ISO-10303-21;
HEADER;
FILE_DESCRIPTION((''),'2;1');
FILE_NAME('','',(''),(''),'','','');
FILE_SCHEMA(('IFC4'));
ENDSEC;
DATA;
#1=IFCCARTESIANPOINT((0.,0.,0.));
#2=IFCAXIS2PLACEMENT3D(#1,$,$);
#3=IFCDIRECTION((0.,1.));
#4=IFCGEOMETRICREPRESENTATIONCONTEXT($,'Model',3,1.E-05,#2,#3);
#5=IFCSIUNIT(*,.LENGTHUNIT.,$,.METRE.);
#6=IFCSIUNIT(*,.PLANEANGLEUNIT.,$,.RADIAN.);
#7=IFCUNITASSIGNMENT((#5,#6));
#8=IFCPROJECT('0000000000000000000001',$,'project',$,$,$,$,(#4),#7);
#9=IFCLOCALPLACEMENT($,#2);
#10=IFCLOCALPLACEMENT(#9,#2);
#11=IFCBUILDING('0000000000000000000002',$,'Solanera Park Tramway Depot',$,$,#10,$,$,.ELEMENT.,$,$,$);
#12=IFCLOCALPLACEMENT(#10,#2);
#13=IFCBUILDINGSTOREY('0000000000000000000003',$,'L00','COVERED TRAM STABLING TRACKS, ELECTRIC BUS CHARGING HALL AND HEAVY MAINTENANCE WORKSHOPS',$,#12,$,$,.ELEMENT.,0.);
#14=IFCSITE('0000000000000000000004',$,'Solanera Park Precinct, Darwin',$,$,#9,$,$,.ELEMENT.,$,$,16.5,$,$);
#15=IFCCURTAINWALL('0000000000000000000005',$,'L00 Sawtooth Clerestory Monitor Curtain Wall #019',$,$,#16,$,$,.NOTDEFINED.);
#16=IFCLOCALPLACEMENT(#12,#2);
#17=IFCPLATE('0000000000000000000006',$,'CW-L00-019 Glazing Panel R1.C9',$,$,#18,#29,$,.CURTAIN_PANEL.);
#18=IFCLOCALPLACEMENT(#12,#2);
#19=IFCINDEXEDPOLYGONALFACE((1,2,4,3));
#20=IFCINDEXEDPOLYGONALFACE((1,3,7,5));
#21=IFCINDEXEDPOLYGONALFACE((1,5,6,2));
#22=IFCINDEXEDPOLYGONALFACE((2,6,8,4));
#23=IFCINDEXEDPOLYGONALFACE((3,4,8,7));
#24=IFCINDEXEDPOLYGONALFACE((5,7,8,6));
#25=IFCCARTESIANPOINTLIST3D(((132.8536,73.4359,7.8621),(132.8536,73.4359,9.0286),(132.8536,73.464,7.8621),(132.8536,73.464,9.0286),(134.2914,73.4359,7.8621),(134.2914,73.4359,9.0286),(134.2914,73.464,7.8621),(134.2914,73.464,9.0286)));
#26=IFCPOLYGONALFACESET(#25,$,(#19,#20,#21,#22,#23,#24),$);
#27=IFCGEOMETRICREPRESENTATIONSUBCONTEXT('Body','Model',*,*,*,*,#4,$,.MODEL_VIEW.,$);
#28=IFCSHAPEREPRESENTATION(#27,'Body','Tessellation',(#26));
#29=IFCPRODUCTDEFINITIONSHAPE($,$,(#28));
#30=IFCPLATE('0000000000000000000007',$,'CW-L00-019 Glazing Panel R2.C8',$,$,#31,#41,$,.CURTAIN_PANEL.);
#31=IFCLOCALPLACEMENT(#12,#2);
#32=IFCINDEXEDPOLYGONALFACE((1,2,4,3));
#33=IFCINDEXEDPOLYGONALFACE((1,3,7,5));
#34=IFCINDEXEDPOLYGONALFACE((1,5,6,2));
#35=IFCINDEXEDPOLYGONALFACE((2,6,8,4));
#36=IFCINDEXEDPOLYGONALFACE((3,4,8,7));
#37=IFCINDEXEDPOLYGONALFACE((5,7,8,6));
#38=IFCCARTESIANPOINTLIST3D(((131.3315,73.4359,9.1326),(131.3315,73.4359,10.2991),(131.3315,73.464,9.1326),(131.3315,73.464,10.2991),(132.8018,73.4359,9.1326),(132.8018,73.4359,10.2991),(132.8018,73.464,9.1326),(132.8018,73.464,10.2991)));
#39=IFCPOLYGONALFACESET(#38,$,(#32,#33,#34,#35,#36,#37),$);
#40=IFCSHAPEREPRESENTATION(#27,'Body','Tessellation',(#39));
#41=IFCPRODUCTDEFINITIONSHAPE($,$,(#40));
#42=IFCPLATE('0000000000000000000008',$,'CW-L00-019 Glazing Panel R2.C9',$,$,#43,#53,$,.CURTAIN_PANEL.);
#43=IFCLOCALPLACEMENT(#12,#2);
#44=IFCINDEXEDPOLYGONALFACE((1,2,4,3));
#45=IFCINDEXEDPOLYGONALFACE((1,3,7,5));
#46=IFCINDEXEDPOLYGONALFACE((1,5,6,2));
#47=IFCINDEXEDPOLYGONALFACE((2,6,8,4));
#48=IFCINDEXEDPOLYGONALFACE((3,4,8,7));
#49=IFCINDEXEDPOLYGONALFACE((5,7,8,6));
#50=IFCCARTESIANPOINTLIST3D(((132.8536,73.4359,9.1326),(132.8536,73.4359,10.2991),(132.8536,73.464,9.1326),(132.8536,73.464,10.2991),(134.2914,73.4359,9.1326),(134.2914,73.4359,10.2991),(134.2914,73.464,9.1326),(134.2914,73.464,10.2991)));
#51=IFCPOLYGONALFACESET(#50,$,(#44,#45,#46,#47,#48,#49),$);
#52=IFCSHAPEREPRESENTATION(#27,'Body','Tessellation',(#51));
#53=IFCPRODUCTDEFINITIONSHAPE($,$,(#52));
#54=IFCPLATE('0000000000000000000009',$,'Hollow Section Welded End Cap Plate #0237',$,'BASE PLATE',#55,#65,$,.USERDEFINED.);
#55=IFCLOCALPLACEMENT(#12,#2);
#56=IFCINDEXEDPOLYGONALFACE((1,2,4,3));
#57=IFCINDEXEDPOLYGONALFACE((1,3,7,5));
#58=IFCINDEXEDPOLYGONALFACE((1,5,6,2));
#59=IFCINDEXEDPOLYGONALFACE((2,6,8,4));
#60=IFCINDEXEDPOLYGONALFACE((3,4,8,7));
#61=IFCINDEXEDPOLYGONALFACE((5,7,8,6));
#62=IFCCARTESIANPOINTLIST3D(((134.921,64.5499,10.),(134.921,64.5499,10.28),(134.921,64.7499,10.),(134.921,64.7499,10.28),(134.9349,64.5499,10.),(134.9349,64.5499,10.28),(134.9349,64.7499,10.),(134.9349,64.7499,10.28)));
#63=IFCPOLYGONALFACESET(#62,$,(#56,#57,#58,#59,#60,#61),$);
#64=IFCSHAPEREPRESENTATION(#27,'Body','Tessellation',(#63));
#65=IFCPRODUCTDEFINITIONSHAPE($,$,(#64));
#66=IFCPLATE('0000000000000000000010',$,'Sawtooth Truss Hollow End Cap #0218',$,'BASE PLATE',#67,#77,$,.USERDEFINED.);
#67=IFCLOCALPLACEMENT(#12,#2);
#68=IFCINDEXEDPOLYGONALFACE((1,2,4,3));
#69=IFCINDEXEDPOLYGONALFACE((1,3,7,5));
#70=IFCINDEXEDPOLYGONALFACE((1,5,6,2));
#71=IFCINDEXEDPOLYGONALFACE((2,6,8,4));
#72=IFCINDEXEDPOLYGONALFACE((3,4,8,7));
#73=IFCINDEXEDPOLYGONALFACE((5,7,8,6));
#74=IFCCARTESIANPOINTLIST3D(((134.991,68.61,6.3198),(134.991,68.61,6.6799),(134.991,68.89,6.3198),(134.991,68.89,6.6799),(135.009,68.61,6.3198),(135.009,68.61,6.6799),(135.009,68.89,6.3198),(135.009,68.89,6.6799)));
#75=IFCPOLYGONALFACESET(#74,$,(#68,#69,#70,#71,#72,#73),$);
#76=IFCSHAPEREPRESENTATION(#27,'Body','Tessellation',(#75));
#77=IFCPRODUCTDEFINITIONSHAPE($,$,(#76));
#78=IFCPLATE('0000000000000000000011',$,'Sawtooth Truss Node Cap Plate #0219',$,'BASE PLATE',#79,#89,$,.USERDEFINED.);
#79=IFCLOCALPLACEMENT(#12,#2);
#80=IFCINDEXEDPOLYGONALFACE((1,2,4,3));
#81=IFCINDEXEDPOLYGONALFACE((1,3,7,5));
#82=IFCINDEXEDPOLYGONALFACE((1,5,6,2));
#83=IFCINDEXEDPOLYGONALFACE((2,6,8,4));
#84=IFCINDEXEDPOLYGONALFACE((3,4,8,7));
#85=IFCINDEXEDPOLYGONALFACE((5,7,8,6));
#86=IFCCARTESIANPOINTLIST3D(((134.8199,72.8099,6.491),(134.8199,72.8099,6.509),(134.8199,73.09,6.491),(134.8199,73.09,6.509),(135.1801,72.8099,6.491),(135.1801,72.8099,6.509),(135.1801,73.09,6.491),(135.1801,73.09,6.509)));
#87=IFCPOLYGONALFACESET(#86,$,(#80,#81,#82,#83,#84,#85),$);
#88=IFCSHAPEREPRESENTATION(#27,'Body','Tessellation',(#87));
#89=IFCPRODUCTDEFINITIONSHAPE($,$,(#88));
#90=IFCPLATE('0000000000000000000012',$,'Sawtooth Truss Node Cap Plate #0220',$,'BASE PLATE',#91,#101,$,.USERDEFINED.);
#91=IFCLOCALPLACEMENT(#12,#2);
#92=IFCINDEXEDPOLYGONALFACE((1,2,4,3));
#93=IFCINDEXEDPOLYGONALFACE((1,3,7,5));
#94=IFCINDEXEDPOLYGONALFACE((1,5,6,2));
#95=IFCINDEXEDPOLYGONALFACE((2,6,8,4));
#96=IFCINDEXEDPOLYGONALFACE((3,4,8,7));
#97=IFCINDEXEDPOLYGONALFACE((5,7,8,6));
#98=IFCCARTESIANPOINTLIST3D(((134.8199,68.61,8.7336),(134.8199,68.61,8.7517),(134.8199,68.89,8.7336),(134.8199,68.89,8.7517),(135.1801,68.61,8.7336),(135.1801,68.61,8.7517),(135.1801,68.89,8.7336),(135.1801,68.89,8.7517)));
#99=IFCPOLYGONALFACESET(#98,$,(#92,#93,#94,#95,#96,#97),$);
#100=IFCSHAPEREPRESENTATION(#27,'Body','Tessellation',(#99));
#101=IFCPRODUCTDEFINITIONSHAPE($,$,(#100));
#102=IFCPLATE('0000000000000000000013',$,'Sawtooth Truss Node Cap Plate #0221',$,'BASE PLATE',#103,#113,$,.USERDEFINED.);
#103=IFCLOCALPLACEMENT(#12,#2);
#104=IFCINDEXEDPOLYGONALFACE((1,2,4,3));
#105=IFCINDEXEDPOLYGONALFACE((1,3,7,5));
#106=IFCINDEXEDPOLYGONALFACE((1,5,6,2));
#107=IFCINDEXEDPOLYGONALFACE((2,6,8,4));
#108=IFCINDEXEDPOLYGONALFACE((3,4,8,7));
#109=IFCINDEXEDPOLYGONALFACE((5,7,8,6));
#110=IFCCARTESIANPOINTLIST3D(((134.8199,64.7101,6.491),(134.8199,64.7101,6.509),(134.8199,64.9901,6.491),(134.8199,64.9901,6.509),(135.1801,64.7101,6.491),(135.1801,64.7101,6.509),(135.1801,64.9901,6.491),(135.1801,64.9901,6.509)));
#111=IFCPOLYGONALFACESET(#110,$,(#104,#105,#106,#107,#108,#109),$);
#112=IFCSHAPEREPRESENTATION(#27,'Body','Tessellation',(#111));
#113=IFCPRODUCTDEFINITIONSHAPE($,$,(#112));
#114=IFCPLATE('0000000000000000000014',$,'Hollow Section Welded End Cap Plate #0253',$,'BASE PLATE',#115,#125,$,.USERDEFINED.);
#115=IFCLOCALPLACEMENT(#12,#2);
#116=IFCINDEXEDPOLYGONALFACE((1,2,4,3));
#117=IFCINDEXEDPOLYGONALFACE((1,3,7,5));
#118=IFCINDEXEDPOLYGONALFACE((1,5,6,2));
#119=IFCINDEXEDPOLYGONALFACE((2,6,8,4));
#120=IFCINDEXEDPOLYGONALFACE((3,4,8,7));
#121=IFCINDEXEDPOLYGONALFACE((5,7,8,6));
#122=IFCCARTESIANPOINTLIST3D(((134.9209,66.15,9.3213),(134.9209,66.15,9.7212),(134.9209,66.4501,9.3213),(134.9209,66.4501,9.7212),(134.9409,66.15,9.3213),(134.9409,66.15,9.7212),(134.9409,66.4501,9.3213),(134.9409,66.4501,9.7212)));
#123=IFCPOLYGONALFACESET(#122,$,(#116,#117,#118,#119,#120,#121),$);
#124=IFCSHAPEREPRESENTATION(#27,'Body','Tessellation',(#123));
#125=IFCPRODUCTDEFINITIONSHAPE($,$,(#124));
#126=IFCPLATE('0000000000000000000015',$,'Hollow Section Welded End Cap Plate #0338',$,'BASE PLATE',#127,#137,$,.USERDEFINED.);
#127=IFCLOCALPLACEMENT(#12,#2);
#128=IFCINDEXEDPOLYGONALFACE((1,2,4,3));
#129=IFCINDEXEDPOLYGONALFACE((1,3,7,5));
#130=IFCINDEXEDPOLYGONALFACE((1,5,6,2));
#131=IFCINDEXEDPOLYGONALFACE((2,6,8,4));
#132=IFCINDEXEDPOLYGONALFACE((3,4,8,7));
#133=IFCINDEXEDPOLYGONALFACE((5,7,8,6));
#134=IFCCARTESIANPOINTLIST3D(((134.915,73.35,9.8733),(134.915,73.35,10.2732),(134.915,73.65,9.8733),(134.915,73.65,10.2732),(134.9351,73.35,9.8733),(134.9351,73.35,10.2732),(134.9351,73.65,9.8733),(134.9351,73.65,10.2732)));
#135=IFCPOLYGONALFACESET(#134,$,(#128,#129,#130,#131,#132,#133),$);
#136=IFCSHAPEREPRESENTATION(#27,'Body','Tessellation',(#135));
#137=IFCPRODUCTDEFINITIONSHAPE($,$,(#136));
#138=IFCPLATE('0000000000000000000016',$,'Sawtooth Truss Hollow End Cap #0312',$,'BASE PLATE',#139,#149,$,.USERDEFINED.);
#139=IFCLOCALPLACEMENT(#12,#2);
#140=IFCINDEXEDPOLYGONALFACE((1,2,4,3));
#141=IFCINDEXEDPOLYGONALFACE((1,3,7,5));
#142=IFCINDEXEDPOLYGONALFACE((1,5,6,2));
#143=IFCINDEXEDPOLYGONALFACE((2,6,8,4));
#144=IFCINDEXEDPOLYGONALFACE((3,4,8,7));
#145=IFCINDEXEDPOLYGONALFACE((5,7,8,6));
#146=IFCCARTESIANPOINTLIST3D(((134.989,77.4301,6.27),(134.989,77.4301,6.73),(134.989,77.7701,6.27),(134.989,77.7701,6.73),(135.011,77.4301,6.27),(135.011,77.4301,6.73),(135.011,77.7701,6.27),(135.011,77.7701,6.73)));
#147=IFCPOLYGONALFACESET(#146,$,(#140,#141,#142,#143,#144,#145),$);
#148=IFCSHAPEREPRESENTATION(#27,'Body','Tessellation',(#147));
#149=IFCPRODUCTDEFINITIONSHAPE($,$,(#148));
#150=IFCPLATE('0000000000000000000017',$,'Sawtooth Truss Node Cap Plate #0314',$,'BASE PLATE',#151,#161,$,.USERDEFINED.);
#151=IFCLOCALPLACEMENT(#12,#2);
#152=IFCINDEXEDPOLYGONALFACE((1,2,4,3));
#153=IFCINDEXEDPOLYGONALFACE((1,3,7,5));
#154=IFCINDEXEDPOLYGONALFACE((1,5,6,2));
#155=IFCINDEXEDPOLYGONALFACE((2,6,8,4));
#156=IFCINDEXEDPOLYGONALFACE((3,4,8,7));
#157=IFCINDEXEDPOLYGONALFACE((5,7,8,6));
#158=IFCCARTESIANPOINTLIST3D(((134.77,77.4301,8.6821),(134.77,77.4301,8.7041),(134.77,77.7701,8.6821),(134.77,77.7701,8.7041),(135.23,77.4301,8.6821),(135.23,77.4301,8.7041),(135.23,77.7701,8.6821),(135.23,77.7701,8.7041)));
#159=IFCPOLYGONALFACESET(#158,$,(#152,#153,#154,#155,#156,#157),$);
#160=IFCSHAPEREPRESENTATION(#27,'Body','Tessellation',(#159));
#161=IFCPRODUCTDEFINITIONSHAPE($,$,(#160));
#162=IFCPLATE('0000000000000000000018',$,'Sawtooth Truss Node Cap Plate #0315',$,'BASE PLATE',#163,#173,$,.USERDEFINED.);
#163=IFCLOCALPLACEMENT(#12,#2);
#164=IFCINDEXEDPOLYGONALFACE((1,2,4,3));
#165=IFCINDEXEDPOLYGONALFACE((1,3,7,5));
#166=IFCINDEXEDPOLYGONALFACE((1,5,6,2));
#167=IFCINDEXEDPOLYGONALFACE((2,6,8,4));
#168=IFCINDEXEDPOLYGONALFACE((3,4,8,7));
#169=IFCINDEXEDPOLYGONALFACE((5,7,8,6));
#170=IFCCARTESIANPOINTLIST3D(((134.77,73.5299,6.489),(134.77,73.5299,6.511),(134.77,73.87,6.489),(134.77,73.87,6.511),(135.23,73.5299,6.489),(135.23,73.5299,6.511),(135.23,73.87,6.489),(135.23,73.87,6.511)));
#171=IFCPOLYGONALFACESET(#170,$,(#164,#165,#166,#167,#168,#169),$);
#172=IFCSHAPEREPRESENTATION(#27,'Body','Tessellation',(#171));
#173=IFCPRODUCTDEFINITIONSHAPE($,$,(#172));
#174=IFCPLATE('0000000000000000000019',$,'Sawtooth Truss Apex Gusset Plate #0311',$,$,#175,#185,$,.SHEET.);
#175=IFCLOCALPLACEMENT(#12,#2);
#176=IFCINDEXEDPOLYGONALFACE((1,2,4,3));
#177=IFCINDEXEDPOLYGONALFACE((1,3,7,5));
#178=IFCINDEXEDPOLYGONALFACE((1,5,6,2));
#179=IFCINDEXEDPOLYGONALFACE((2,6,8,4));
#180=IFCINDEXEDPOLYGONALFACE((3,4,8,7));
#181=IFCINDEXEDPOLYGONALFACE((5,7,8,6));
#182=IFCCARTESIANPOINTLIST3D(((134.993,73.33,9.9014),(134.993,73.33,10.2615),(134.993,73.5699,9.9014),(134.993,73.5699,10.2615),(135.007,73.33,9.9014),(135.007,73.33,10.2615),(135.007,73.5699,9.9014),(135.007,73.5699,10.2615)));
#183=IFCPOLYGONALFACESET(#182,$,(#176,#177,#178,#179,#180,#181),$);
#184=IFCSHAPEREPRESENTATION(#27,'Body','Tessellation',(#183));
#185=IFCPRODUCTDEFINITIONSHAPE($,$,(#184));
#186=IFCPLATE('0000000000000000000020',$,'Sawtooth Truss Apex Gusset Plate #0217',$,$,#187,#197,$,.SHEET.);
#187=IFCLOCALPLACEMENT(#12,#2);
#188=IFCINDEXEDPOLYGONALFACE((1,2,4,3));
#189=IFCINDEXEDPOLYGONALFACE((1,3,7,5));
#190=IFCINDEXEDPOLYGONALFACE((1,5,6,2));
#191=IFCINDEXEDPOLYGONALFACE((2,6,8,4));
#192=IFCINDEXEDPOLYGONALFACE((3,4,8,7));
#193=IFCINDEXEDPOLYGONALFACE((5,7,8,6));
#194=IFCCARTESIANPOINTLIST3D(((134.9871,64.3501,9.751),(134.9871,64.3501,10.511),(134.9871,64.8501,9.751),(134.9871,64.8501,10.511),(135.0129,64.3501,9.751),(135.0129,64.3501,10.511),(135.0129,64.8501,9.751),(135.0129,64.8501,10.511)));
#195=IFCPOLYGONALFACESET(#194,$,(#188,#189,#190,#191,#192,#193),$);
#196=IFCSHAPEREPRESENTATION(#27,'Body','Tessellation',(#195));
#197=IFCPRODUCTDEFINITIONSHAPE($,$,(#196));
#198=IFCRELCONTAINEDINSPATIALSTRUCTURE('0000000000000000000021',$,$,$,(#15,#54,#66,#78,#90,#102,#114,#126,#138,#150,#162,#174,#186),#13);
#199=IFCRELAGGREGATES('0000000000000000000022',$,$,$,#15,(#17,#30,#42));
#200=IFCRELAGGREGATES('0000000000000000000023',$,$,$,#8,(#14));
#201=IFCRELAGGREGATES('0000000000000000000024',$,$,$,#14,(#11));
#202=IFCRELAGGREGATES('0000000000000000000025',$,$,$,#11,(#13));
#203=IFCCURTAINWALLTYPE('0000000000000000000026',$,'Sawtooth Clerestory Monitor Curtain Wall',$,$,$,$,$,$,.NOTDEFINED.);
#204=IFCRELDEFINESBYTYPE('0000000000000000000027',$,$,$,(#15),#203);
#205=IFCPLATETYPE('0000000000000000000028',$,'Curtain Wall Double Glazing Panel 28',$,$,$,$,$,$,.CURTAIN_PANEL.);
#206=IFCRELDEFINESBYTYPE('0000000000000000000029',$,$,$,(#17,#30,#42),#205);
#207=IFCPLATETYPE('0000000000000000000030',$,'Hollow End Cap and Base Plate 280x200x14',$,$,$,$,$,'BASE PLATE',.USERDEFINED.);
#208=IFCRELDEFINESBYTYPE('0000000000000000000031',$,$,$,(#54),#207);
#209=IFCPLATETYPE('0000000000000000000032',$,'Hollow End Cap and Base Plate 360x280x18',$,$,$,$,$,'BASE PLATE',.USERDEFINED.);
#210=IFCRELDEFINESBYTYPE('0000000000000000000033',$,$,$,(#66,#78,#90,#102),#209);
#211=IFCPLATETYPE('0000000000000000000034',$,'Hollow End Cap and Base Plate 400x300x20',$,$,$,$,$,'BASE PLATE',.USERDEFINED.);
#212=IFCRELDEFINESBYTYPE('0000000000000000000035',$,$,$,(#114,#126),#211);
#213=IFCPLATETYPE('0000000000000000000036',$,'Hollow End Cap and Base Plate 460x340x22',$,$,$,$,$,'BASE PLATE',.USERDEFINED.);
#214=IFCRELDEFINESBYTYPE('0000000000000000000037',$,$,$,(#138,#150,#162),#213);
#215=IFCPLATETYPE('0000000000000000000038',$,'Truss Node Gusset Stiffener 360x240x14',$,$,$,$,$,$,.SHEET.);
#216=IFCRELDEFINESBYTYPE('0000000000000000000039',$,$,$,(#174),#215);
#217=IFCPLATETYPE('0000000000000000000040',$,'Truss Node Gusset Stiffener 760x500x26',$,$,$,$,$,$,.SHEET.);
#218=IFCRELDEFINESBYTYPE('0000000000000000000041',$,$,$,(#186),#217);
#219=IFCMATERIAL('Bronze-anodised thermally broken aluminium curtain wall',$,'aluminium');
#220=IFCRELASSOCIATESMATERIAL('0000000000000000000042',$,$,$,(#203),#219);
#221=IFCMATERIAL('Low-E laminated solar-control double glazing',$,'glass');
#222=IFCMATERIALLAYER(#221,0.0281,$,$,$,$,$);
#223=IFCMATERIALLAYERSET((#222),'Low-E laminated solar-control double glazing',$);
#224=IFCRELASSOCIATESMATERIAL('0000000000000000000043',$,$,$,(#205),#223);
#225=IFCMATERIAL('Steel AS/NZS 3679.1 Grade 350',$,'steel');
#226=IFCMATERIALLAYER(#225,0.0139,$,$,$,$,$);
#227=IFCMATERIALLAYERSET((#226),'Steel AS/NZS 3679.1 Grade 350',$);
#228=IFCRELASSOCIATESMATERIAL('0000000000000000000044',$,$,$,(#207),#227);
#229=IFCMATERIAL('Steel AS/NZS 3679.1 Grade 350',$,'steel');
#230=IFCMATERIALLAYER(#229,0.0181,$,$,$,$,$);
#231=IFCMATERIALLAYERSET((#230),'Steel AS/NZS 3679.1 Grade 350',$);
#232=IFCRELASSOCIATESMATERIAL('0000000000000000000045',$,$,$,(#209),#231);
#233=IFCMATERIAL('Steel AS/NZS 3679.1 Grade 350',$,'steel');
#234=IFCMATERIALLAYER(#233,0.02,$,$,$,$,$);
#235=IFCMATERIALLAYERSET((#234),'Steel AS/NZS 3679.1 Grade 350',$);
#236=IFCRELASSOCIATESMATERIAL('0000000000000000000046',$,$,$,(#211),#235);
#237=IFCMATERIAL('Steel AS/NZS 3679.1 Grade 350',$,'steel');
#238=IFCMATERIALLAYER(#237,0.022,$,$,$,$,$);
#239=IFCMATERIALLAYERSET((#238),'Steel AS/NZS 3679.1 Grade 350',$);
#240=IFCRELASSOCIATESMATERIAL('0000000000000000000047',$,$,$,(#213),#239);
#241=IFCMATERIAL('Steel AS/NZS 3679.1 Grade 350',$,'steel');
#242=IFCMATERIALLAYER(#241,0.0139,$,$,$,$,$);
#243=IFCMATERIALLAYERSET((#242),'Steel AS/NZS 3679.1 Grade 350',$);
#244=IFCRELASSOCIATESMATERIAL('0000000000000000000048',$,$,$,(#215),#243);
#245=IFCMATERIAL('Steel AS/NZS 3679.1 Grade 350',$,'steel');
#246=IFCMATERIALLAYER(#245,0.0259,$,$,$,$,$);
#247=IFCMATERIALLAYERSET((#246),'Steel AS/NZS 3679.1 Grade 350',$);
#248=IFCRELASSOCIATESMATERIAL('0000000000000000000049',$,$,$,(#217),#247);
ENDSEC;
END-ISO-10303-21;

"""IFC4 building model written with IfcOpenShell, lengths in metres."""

from ifc_helpers import new_model, si_unit, direction, frame, origin, origin_2d, place, context, subcontext, project, spatial, rectangle, extrude, material, layer, layer_set, type_object, element, aggregate, save


model = new_model("IFC4")

# Units and contexts
model_context = context("Model", 3, precision=1e-05, world=origin(), true_north=direction((0.0, 1.0)))
body_context = subcontext(model_context, "Body", "Model", "MODEL_VIEW")
ifc_project = project(units=[si_unit("LENGTHUNIT", "METRE"), si_unit("PLANEANGLEUNIT", "RADIAN")], contexts=[model_context])

# Site, building, storey
site_placement = place(None, origin())
site = spatial("IfcSite", under=ifc_project, at=site_placement, Name="Solanera Park Precinct, Darwin", CompositionType="ELEMENT", RefElevation=16.5)
building_placement = place(site_placement, origin())
building = spatial("IfcBuilding", under=site, at=building_placement, Name="Solanera Park Tramway Depot", CompositionType="ELEMENT")
storey_placement = place(building_placement, origin())
storey = spatial("IfcBuildingStorey", under=building, at=storey_placement, Name="L00", Description="COVERED TRAM STABLING TRACKS, ELECTRIC BUS CHARGING HALL AND HEAVY MAINTENANCE WORKSHOPS", CompositionType="ELEMENT", Elevation=0.0)

# Shared definitions
ifc_material_1 = material(Name="Bronze-anodised thermally broken aluminium curtain wall", Category="aluminium")
curtain_wall_type = type_object("IfcCurtainWallType", Name="Sawtooth Clerestory Monitor Curtain Wall", PredefinedType="NOTDEFINED", material=ifc_material_1)

# Curtain wall
curtain_wall_1_placement = place(storey_placement, origin())
curtain_wall_1 = element("IfcCurtainWall", 1, at=curtain_wall_1_placement, inside=storey, type_object=curtain_wall_type, Name="L00 Sawtooth Clerestory Monitor Curtain Wall #019", PredefinedType="NOTDEFINED")

# Plates
ifc_material_2 = material(Name="Low-E laminated solar-control double glazing", Category="glass")
ifc_layer_1 = layer(ifc_material_2, 0.0281)
ifc_layer_set_1 = layer_set([ifc_layer_1], Name="Low-E laminated solar-control double glazing")
plate_type_1 = type_object("IfcPlateType", Name="Curtain Wall Double Glazing Panel 28", PredefinedType="CURTAIN_PANEL", material=ifc_layer_set_1)
plate_1_placement = place(storey_placement, frame((133.5725, 73.45, 7.8621), z_axis=(0.0, 0.0, 1.0), x_axis=(1.0, 0.0, 0.0)))
plate_1 = element("IfcPlate", 2, at=plate_1_placement, type_object=plate_type_1, Name="CW-L00-019 Glazing Panel R1.C9", PredefinedType="CURTAIN_PANEL", context=body_context, shape_type="SweptSolid", body=[
    extrude(rectangle(XDim=1.4377, YDim=0.0281, at=origin_2d()), origin(), (0.0, 0.0, 1.0), 1.1665),
])
plate_2_placement = place(storey_placement, frame((132.0667, 73.45, 9.1326), z_axis=(0.0, 0.0, 1.0), x_axis=(1.0, 0.0, 0.0)))
plate_2 = element("IfcPlate", 3, at=plate_2_placement, type_object=plate_type_1, Name="CW-L00-019 Glazing Panel R2.C8", PredefinedType="CURTAIN_PANEL", context=body_context, shape_type="SweptSolid", body=[
    extrude(rectangle(XDim=1.4702, YDim=0.0281, at=origin_2d()), origin(), (0.0, 0.0, 1.0), 1.1665),
])
plate_3_placement = place(storey_placement, frame((133.5725, 73.45, 9.1326), z_axis=(0.0, 0.0, 1.0), x_axis=(1.0, 0.0, 0.0)))
plate_3 = element("IfcPlate", 4, at=plate_3_placement, type_object=plate_type_1, Name="CW-L00-019 Glazing Panel R2.C9", PredefinedType="CURTAIN_PANEL", context=body_context, shape_type="SweptSolid", body=[
    extrude(rectangle(XDim=1.4377, YDim=0.0281, at=origin_2d()), origin(), (0.0, 0.0, 1.0), 1.1665),
])
aggregate(curtain_wall_1, [plate_1, plate_2, plate_3])

# Plates
ifc_material_3 = material(Name="Steel AS/NZS 3679.1 Grade 350", Category="steel")
ifc_layer_2 = layer(ifc_material_3, 0.0139)
ifc_layer_set_2 = layer_set([ifc_layer_2], Name="Steel AS/NZS 3679.1 Grade 350")
plate_type_2 = type_object("IfcPlateType", Name="Hollow End Cap and Base Plate 280x200x14", ElementType="BASE PLATE", PredefinedType="USERDEFINED", material=ifc_layer_set_2)
plate_4_placement = place(storey_placement, frame((134.928, 64.6499, 10.0), z_axis=(0.0, 0.0, 1.0), x_axis=(1.0, 0.0, 0.0)))
element("IfcPlate", 5, at=plate_4_placement, inside=storey, type_object=plate_type_2, Name="Hollow Section Welded End Cap Plate #0237", ObjectType="BASE PLATE", PredefinedType="USERDEFINED", context=body_context, shape_type="SweptSolid", body=[
    extrude(rectangle(XDim=0.0139, YDim=0.2, at=origin_2d()), origin(), (0.0, 0.0, 1.0), 0.28),
])
ifc_material_4 = material(Name="Steel AS/NZS 3679.1 Grade 350", Category="steel")
ifc_layer_3 = layer(ifc_material_4, 0.0181)
ifc_layer_set_3 = layer_set([ifc_layer_3], Name="Steel AS/NZS 3679.1 Grade 350")
plate_type_3 = type_object("IfcPlateType", Name="Hollow End Cap and Base Plate 360x280x18", ElementType="BASE PLATE", PredefinedType="USERDEFINED", material=ifc_layer_set_3)
plate_5_placement = place(storey_placement, frame((135.0, 68.75, 6.3198), z_axis=(0.0, 0.0, 1.0), x_axis=(1.0, 0.0, 0.0)))
element("IfcPlate", 6, at=plate_5_placement, inside=storey, type_object=plate_type_3, Name="Sawtooth Truss Hollow End Cap #0218", ObjectType="BASE PLATE", PredefinedType="USERDEFINED", context=body_context, shape_type="SweptSolid", body=[
    extrude(rectangle(XDim=0.0181, YDim=0.28, at=origin_2d()), origin(), (0.0, 0.0, 1.0), 0.3601),
])
for number, where, z_axis, x_axis, name in (
    (7, (135.0, 72.95, 6.491), (0.0, 0.0, 1.0), (1.0, 0.0, 0.0), "Sawtooth Truss Node Cap Plate #0219"),
    (8, (135.0, 68.75, 8.7336), (0.0, 0.0, 1.0), (1.0, 0.0, 0.0), "Sawtooth Truss Node Cap Plate #0220"),
    (9, (135.0, 64.8501, 6.491), (0.0, 0.0, 1.0), (1.0, 0.0, 0.0), "Sawtooth Truss Node Cap Plate #0221"),
):
    element("IfcPlate", number, at=place(storey_placement, frame(where, z_axis=z_axis, x_axis=x_axis)), inside=storey, type_object=plate_type_3, Name=name, ObjectType="BASE PLATE", PredefinedType="USERDEFINED", context=body_context, shape_type="SweptSolid", body=[
        extrude(rectangle(XDim=0.3601, YDim=0.28, at=origin_2d()), origin(), (0.0, 0.0, 1.0), 0.0181),
    ])
ifc_material_5 = material(Name="Steel AS/NZS 3679.1 Grade 350", Category="steel")
ifc_layer_4 = layer(ifc_material_5, 0.02)
ifc_layer_set_4 = layer_set([ifc_layer_4], Name="Steel AS/NZS 3679.1 Grade 350")
plate_type_4 = type_object("IfcPlateType", Name="Hollow End Cap and Base Plate 400x300x20", ElementType="BASE PLATE", PredefinedType="USERDEFINED", material=ifc_layer_set_4)
for number, where, z_axis, x_axis, name in (
    (10, (134.9309, 66.3, 9.3213), (0.0, 0.0, 1.0), (1.0, 0.0, 0.0), "Hollow Section Welded End Cap Plate #0253"),
    (11, (134.925, 73.5, 9.8733), (0.0, 0.0, 1.0), (1.0, 0.0, 0.0), "Hollow Section Welded End Cap Plate #0338"),
):
    element("IfcPlate", number, at=place(storey_placement, frame(where, z_axis=z_axis, x_axis=x_axis)), inside=storey, type_object=plate_type_4, Name=name, ObjectType="BASE PLATE", PredefinedType="USERDEFINED", context=body_context, shape_type="SweptSolid", body=[
        extrude(rectangle(XDim=0.02, YDim=0.3, at=origin_2d()), origin(), (0.0, 0.0, 1.0), 0.3999),
    ])
ifc_material_6 = material(Name="Steel AS/NZS 3679.1 Grade 350", Category="steel")
ifc_layer_5 = layer(ifc_material_6, 0.022)
ifc_layer_set_5 = layer_set([ifc_layer_5], Name="Steel AS/NZS 3679.1 Grade 350")
plate_type_5 = type_object("IfcPlateType", Name="Hollow End Cap and Base Plate 460x340x22", ElementType="BASE PLATE", PredefinedType="USERDEFINED", material=ifc_layer_set_5)
plate_6_placement = place(storey_placement, frame((135.0, 77.6001, 6.27), z_axis=(0.0, 0.0, 1.0), x_axis=(1.0, 0.0, 0.0)))
element("IfcPlate", 12, at=plate_6_placement, inside=storey, type_object=plate_type_5, Name="Sawtooth Truss Hollow End Cap #0312", ObjectType="BASE PLATE", PredefinedType="USERDEFINED", context=body_context, shape_type="SweptSolid", body=[
    extrude(rectangle(XDim=0.022, YDim=0.3401, at=origin_2d()), origin(), (0.0, 0.0, 1.0), 0.46),
])
for number, where, z_axis, x_axis, name in (
    (13, (135.0, 77.6001, 8.6821), (0.0, 0.0, 1.0), (1.0, 0.0, 0.0), "Sawtooth Truss Node Cap Plate #0314"),
    (14, (135.0, 73.7, 6.489), (0.0, 0.0, 1.0), (1.0, 0.0, 0.0), "Sawtooth Truss Node Cap Plate #0315"),
):
    element("IfcPlate", number, at=place(storey_placement, frame(where, z_axis=z_axis, x_axis=x_axis)), inside=storey, type_object=plate_type_5, Name=name, ObjectType="BASE PLATE", PredefinedType="USERDEFINED", context=body_context, shape_type="SweptSolid", body=[
        extrude(rectangle(XDim=0.46, YDim=0.3401, at=origin_2d()), origin(), (0.0, 0.0, 1.0), 0.022),
    ])
ifc_material_7 = material(Name="Steel AS/NZS 3679.1 Grade 350", Category="steel")
ifc_layer_6 = layer(ifc_material_7, 0.0139)
ifc_layer_set_6 = layer_set([ifc_layer_6], Name="Steel AS/NZS 3679.1 Grade 350")
plate_type_6 = type_object("IfcPlateType", Name="Truss Node Gusset Stiffener 360x240x14", PredefinedType="SHEET", material=ifc_layer_set_6)
plate_7_placement = place(storey_placement, frame((135.0, 73.45, 9.9014), z_axis=(0.0, 0.0, 1.0), x_axis=(1.0, 0.0, 0.0)))
element("IfcPlate", 15, at=plate_7_placement, inside=storey, type_object=plate_type_6, Name="Sawtooth Truss Apex Gusset Plate #0311", PredefinedType="SHEET", context=body_context, shape_type="SweptSolid", body=[
    extrude(rectangle(XDim=0.0139, YDim=0.24, at=origin_2d()), origin(), (0.0, 0.0, 1.0), 0.3601),
])
ifc_material_8 = material(Name="Steel AS/NZS 3679.1 Grade 350", Category="steel")
ifc_layer_7 = layer(ifc_material_8, 0.0259)
ifc_layer_set_7 = layer_set([ifc_layer_7], Name="Steel AS/NZS 3679.1 Grade 350")
plate_type_7 = type_object("IfcPlateType", Name="Truss Node Gusset Stiffener 760x500x26", PredefinedType="SHEET", material=ifc_layer_set_7)
plate_8_placement = place(storey_placement, frame((135.0, 64.6001, 9.751), z_axis=(0.0, 0.0, 1.0), x_axis=(1.0, 0.0, 0.0)))
element("IfcPlate", 16, at=plate_8_placement, inside=storey, type_object=plate_type_7, Name="Sawtooth Truss Apex Gusset Plate #0217", PredefinedType="SHEET", context=body_context, shape_type="SweptSolid", body=[
    extrude(rectangle(XDim=0.0259, YDim=0.5, at=origin_2d()), origin(), (0.0, 0.0, 1.0), 0.76),
])

save(model, "model.ifc")
